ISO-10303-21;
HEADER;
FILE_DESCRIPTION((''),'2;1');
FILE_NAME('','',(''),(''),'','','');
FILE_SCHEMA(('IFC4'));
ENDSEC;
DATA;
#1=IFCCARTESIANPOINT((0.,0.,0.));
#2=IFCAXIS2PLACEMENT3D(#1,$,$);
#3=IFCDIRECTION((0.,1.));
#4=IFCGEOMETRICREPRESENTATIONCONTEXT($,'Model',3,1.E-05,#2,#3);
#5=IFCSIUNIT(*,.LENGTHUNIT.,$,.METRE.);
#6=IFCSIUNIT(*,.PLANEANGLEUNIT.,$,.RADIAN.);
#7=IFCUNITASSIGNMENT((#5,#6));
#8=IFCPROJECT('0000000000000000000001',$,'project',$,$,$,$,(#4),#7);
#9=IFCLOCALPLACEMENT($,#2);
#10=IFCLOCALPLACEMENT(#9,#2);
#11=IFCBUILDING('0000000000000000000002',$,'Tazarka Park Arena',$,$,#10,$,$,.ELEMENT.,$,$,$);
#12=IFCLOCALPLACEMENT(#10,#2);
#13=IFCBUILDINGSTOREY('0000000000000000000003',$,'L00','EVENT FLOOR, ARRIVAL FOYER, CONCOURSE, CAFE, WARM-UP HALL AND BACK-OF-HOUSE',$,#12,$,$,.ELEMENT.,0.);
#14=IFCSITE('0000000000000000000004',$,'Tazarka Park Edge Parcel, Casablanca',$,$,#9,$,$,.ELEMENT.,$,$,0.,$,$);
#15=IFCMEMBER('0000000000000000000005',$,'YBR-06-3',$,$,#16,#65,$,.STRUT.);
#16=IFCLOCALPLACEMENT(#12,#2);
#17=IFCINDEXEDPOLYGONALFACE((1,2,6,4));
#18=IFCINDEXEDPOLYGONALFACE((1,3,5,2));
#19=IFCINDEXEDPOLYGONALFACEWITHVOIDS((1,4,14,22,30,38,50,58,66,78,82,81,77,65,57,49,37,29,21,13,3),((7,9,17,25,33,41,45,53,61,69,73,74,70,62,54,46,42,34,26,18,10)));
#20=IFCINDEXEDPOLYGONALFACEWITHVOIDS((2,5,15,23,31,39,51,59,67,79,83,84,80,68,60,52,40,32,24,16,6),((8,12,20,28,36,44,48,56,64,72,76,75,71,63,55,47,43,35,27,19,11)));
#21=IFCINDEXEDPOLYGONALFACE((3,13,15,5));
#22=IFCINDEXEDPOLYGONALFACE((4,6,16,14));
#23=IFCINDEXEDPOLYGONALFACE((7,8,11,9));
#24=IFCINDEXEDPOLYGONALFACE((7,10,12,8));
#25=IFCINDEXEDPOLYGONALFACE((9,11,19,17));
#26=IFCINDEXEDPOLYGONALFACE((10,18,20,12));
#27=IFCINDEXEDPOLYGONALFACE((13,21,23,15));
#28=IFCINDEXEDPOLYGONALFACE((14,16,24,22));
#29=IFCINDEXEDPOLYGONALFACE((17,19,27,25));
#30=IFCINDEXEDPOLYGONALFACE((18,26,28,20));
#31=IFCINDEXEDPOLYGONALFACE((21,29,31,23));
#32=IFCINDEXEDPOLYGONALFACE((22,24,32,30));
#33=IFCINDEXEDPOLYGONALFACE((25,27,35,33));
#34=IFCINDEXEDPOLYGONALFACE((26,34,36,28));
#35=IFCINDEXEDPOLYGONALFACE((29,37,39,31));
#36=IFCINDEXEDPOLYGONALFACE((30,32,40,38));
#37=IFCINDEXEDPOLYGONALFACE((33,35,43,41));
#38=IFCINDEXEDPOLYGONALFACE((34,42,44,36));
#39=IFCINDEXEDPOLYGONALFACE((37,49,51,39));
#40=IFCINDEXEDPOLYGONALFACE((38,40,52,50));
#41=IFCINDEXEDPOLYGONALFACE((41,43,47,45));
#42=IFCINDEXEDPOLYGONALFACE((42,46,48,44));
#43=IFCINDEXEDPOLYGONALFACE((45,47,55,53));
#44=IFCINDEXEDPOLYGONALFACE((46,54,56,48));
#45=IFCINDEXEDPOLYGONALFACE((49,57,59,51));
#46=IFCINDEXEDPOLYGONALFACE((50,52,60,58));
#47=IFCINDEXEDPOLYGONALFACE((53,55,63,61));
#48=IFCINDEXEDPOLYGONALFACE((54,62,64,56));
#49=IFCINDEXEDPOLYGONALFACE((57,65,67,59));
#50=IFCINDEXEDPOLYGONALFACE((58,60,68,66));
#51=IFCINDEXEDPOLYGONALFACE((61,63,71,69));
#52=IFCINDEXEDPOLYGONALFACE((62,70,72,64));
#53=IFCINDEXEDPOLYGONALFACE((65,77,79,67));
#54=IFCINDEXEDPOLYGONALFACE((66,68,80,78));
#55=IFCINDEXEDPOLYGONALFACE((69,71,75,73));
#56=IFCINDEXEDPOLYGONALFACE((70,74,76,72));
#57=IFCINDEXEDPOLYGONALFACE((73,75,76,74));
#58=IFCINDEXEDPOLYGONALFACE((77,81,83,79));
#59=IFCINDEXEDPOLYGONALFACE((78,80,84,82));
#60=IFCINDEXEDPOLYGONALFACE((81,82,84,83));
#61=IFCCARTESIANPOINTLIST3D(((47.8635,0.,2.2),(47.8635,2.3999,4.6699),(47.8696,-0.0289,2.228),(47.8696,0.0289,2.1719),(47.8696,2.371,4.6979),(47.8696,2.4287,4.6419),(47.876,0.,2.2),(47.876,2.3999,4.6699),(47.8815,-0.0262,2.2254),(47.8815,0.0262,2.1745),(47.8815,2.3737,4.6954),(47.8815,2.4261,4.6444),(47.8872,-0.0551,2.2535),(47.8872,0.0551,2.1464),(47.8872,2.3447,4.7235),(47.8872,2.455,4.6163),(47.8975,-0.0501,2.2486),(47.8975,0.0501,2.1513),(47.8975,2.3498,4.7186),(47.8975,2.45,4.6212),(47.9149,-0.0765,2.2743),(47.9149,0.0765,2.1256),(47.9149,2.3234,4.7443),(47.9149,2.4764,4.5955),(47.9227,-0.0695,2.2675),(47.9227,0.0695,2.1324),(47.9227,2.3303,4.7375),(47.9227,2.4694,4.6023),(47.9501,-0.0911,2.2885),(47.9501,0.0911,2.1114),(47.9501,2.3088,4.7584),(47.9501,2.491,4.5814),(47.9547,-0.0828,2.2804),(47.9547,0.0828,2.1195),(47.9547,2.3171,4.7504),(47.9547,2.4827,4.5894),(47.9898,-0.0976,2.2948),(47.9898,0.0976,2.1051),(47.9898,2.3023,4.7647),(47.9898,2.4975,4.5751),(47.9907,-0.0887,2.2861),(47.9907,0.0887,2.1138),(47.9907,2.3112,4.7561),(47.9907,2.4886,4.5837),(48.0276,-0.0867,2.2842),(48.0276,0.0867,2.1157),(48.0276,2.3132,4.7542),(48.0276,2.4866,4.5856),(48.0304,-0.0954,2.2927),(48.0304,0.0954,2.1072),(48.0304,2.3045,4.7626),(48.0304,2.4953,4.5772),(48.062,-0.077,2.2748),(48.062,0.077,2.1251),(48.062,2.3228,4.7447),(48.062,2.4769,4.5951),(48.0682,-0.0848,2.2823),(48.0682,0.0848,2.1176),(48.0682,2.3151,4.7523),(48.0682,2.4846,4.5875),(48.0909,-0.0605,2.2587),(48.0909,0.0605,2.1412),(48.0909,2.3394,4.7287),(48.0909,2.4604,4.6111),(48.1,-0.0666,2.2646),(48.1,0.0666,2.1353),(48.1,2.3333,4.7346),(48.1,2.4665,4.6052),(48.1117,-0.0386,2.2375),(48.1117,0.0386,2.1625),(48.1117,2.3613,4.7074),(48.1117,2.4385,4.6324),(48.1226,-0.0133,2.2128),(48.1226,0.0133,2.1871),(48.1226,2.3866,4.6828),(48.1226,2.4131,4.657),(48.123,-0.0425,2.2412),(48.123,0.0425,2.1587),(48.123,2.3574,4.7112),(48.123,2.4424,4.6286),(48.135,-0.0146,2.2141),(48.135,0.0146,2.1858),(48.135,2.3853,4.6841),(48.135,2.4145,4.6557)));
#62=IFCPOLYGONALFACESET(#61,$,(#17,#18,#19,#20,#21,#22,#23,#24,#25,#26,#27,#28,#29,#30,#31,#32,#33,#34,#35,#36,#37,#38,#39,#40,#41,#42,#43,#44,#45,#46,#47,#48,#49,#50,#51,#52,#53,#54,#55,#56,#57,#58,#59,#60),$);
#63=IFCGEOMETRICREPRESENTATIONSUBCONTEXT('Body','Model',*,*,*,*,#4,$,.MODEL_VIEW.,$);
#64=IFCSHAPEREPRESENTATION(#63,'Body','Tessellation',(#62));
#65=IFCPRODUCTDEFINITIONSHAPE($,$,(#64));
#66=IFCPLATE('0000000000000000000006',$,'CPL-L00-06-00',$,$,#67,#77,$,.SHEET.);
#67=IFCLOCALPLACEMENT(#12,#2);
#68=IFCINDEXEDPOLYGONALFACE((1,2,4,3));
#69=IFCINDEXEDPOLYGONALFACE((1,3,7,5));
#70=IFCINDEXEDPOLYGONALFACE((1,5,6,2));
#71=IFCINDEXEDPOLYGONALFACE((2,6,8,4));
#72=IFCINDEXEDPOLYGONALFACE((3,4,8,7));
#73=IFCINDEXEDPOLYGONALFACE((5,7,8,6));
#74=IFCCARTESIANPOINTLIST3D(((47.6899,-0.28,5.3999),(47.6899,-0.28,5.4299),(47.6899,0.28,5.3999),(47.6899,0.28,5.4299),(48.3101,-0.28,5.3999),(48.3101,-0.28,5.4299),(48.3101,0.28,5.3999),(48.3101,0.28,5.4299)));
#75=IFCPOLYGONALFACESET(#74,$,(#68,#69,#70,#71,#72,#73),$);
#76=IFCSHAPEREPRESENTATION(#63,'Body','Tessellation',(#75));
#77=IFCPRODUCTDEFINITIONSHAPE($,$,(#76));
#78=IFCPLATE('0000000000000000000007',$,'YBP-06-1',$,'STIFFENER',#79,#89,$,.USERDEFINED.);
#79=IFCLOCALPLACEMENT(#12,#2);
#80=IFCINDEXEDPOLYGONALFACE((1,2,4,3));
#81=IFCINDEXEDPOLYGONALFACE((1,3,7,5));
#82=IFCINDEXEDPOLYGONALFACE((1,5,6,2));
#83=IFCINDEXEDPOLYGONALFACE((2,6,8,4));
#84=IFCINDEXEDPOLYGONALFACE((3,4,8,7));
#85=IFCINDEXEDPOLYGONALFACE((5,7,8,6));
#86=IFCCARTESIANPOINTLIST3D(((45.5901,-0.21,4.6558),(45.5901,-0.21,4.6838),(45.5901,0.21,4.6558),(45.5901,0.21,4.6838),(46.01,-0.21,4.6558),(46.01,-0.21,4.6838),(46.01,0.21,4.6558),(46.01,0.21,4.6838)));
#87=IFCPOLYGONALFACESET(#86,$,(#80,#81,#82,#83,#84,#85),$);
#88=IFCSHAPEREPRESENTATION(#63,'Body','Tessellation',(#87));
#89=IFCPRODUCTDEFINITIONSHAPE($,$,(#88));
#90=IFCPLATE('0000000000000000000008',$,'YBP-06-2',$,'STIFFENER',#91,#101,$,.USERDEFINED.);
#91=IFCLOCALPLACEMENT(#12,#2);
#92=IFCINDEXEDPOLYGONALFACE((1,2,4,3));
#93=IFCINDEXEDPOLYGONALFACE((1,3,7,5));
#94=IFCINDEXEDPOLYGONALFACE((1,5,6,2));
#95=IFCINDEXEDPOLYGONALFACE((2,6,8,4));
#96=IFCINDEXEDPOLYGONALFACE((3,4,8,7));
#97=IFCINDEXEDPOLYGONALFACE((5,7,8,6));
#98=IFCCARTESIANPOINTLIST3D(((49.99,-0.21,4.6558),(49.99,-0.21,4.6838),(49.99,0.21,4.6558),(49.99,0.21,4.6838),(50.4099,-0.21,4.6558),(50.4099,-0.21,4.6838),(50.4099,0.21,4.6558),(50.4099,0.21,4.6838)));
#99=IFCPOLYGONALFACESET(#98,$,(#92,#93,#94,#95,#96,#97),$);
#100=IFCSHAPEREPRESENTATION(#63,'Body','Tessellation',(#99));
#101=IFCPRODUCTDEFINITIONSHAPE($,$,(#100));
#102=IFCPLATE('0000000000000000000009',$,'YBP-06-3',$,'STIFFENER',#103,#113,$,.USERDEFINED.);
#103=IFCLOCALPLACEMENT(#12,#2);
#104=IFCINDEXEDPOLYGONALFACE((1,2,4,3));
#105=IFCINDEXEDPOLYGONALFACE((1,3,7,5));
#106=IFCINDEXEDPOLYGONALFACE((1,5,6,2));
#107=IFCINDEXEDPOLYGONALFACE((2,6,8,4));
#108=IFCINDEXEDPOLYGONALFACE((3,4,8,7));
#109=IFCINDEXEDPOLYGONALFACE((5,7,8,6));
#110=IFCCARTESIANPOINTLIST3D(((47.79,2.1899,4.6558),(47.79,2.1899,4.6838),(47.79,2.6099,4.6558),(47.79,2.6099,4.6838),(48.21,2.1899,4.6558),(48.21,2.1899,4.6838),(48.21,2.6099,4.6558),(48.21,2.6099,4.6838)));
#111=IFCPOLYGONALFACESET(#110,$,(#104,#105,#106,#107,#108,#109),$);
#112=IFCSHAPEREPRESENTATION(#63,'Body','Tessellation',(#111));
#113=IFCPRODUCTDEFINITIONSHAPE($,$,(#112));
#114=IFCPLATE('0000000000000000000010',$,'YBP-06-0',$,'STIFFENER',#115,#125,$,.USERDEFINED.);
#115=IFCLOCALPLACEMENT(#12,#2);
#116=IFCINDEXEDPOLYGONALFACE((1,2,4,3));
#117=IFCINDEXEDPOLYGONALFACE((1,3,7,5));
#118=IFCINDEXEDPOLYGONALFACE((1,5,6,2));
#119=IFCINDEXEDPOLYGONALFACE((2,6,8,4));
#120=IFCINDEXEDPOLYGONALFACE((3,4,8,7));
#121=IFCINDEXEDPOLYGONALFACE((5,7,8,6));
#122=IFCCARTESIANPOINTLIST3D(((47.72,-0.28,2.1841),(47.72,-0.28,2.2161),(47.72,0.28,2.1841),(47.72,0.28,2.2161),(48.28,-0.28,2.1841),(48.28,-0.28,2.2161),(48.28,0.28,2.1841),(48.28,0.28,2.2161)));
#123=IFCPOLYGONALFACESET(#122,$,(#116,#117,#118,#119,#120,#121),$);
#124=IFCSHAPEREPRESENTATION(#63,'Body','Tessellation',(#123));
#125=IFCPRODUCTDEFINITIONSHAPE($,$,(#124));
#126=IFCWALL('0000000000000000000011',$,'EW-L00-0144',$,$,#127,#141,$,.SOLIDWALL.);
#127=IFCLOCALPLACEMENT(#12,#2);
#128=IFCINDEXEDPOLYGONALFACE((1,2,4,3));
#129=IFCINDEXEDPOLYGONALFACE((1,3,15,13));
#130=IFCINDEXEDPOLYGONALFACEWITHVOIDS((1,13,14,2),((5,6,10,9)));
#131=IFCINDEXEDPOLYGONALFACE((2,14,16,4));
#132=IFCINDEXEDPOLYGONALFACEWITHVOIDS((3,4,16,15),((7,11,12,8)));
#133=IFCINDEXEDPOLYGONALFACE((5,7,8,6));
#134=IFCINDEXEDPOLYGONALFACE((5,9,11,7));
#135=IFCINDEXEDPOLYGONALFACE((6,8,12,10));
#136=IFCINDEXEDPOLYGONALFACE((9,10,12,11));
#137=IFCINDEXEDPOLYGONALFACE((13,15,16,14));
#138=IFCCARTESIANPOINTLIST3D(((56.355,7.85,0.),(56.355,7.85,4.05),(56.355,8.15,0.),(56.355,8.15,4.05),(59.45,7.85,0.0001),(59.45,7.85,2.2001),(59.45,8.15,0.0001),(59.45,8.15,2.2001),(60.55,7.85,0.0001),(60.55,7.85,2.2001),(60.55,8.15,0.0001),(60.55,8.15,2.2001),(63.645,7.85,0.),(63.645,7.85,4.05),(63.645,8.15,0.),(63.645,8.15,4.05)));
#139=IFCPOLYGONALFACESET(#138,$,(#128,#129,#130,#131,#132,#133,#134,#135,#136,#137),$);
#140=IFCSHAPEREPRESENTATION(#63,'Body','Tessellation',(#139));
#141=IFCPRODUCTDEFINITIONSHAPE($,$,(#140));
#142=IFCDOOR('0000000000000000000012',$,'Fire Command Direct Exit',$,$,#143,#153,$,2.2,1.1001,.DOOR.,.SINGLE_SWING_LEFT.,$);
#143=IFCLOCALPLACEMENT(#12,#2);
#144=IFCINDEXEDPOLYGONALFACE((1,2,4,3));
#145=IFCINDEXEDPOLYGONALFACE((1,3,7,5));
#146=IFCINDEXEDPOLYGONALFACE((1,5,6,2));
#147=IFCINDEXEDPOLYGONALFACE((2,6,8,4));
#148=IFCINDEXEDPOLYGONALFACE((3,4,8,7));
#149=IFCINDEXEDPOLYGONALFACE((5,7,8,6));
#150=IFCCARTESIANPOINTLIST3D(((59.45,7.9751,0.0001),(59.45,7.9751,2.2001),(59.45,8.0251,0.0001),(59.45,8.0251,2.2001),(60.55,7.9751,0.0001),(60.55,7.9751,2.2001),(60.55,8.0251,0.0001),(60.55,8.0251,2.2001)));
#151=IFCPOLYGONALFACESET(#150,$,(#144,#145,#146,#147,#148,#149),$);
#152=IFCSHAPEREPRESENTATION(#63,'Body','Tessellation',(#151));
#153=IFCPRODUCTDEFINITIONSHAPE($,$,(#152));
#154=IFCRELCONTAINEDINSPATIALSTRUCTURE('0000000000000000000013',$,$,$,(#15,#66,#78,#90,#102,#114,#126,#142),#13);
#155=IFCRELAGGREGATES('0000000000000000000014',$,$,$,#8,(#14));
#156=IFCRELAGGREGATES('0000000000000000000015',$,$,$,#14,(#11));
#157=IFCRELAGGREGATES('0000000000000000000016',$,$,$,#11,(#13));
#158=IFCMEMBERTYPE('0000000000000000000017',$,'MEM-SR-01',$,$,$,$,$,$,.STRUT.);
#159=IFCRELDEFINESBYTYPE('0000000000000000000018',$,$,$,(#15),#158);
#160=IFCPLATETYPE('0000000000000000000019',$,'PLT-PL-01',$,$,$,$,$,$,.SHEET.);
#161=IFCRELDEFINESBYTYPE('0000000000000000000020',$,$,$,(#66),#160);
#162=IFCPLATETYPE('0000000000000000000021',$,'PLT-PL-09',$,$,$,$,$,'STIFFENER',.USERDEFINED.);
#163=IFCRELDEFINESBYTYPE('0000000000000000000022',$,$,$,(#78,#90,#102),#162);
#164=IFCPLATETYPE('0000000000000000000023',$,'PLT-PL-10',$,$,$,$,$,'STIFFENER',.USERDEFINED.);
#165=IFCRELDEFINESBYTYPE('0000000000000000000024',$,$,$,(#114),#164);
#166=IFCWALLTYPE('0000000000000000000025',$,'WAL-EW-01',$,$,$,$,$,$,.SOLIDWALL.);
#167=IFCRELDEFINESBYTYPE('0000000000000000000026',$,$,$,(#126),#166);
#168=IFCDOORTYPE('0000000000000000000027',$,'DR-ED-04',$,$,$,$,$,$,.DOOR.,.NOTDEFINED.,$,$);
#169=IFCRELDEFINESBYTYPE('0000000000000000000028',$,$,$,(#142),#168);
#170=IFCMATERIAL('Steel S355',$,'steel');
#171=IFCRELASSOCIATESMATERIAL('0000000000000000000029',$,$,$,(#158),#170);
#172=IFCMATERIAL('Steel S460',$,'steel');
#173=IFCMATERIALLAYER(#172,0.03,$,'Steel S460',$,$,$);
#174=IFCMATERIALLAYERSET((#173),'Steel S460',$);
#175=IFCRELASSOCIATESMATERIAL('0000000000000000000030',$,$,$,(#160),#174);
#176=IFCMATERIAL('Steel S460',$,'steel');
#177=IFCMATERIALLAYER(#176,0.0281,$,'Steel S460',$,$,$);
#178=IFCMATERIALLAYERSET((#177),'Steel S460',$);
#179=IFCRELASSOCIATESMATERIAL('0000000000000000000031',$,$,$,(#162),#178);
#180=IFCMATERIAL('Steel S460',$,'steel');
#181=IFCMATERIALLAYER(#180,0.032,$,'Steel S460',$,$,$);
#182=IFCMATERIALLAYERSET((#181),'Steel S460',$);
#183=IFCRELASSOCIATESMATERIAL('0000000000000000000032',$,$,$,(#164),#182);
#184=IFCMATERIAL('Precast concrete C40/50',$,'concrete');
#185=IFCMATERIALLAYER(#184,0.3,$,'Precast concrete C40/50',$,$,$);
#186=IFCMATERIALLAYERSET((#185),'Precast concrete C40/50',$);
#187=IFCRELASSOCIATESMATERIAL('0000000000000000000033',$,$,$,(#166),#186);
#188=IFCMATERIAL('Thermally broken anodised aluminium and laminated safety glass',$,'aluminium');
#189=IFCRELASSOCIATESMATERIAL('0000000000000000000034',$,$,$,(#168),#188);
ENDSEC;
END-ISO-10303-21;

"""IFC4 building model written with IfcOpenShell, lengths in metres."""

from ifc_helpers import new_model, si_unit, direction, frame, frame_2d, origin, origin_2d, place, context, subcontext, project, spatial, rectangle, hollow_circle, extrude, material, layer, layer_set, material_profile, profile_set, type_object, element, fill, save


model = new_model("IFC4")

# Units and contexts
model_context = context("Model", 3, precision=1e-05, world=origin(), true_north=direction((0.0, 1.0)))
body_context = subcontext(model_context, "Body", "Model", "MODEL_VIEW")
ifc_project = project(units=[si_unit("LENGTHUNIT", "METRE"), si_unit("PLANEANGLEUNIT", "RADIAN")], contexts=[model_context])

# Site, building, storey
site_placement = place(None, origin())
site = spatial("IfcSite", under=ifc_project, at=site_placement, Name="Tazarka Park Edge Parcel, Casablanca", CompositionType="ELEMENT", RefElevation=0.0)
building_placement = place(site_placement, origin())
building = spatial("IfcBuilding", under=site, at=building_placement, Name="Tazarka Park Arena", CompositionType="ELEMENT")
storey_placement = place(building_placement, origin())
storey = spatial("IfcBuildingStorey", under=building, at=storey_placement, Name="L00", Description="EVENT FLOOR, ARRIVAL FOYER, CONCOURSE, CAFE, WARM-UP HALL AND BACK-OF-HOUSE", CompositionType="ELEMENT", Elevation=0.0)

# Member
ifc_material_1 = material(Name="Steel S355", Category="steel")
ifc_material_profile_1 = material_profile(ifc_material_1, hollow_circle(Radius=0.1365, WallThickness=0.0125, at=origin_2d()), Name="Steel S355")
ifc_profile_set_1 = profile_set([ifc_material_profile_1], Name="Steel S355")
member_type = type_object("IfcMemberType", Name="MEM-SR-01", PredefinedType="STRUT", material=ifc_profile_set_1)
member_placement = place(storey_placement, frame((48.0, 0.0, 2.2), z_axis=(0.0, 0.696861, 0.717206), x_axis=(-1.0, 0.0, 0.0)))
element("IfcMember", 1, at=member_placement, inside=storey, type_object=member_type, Name="YBR-06-3", PredefinedType="STRUT", context=body_context, shape_type="SweptSolid", body=[
    extrude(hollow_circle(Radius=0.1365, WallThickness=0.0125, at=origin_2d()), origin(), (0.0, 0.0, 1.0), 3.4438),
])

# Plates
ifc_material_2 = material(Name="Steel S460", Category="steel")
ifc_layer_1 = layer(ifc_material_2, 0.03, Name="Steel S460")
ifc_layer_set_1 = layer_set([ifc_layer_1], Name="Steel S460")
plate_type_1 = type_object("IfcPlateType", Name="PLT-PL-01", PredefinedType="SHEET", material=ifc_layer_set_1)
plate_1_placement = place(storey_placement, frame((48.0, 0.0, 5.3999), z_axis=(0.0, 0.0, 1.0), x_axis=(1.0, 0.0, 0.0)))
element("IfcPlate", 2, at=plate_1_placement, inside=storey, type_object=plate_type_1, Name="CPL-L00-06-00", PredefinedType="SHEET", context=body_context, shape_type="SweptSolid", body=[
    extrude(rectangle(XDim=0.6201, YDim=0.5601, at=origin_2d()), origin(), (0.0, 0.0, 1.0), 0.03),
])
ifc_material_3 = material(Name="Steel S460", Category="steel")
ifc_layer_2 = layer(ifc_material_3, 0.0281, Name="Steel S460")
ifc_layer_set_2 = layer_set([ifc_layer_2], Name="Steel S460")
plate_type_2 = type_object("IfcPlateType", Name="PLT-PL-09", ElementType="STIFFENER", PredefinedType="USERDEFINED", material=ifc_layer_set_2)
for number, where, z_axis, x_axis, name in (
    (3, (45.8, 0.0, 4.6558), (0.0, 0.0, 1.0), (1.0, 0.0, 0.0), "YBP-06-1"),
    (4, (50.2, 0.0, 4.6558), (0.0, 0.0, 1.0), (1.0, 0.0, 0.0), "YBP-06-2"),
    (5, (48.0, 2.3999, 4.6558), (0.0, 0.0, 1.0), (1.0, 0.0, 0.0), "YBP-06-3"),
):
    element("IfcPlate", number, at=place(storey_placement, frame(where, z_axis=z_axis, x_axis=x_axis)), inside=storey, type_object=plate_type_2, Name=name, ObjectType="STIFFENER", PredefinedType="USERDEFINED", context=body_context, shape_type="SweptSolid", body=[
        extrude(rectangle(XDim=0.4199, YDim=0.4199, at=origin_2d()), origin(), (0.0, 0.0, 1.0), 0.0281),
    ])
ifc_material_4 = material(Name="Steel S460", Category="steel")
ifc_layer_3 = layer(ifc_material_4, 0.032, Name="Steel S460")
ifc_layer_set_3 = layer_set([ifc_layer_3], Name="Steel S460")
plate_type_3 = type_object("IfcPlateType", Name="PLT-PL-10", ElementType="STIFFENER", PredefinedType="USERDEFINED", material=ifc_layer_set_3)
plate_2_placement = place(storey_placement, frame((48.0, 0.0, 2.1841), z_axis=(0.0, 0.0, 1.0), x_axis=(1.0, 0.0, 0.0)))
element("IfcPlate", 6, at=plate_2_placement, inside=storey, type_object=plate_type_3, Name="YBP-06-0", ObjectType="STIFFENER", PredefinedType="USERDEFINED", context=body_context, shape_type="SweptSolid", body=[
    extrude(rectangle(XDim=0.5601, YDim=0.5601, at=origin_2d()), origin(), (0.0, 0.0, 1.0), 0.032),
])

# Wall, opening, door
ifc_material_5 = material(Name="Precast concrete C40/50", Category="concrete")
ifc_layer_4 = layer(ifc_material_5, 0.3, Name="Precast concrete C40/50")
ifc_layer_set_4 = layer_set([ifc_layer_4], Name="Precast concrete C40/50")
wall_type_1 = type_object("IfcWallType", Name="WAL-EW-01", PredefinedType="SOLIDWALL", material=ifc_layer_set_4)
wall_1_placement = place(storey_placement, frame((63.645, 8.0, 0.0), z_axis=(0.0, 0.0, 1.0), x_axis=(-1.0, 0.0, 0.0)))
wall_1 = element("IfcWall", 7, at=wall_1_placement, inside=storey, type_object=wall_type_1, Name="EW-L00-0144", PredefinedType="SOLIDWALL", context=body_context, shape_type="SweptSolid", body=[
    extrude(rectangle(XDim=7.29, YDim=0.3, at=frame_2d((3.645, 0.0))), origin(), (0.0, 0.0, 1.0), 4.05),
])
opening_1_placement = place(wall_1_placement, frame((3.095, 0.0, 0.0)))
opening_1 = element("IfcOpeningElement", 8, at=opening_1_placement, cuts=wall_1, PredefinedType="OPENING", context=body_context, shape_type="SweptSolid", body=[
    extrude(rectangle(XDim=1.1001, YDim=2.2, at=frame_2d((0.55, 1.1001))), frame((0.0, 0.1602, 0.0), z_axis=(0.0, -1.0, 0.0), x_axis=(1.0, 0.0, 0.0)), (0.0, 0.0, 1.0), 0.3201),
])
ifc_material_6 = material(Name="Thermally broken anodised aluminium and laminated safety glass", Category="aluminium")
door_type = type_object("IfcDoorType", Name="DR-ED-04", OperationType="NOTDEFINED", PredefinedType="DOOR", material=ifc_material_6)
door_placement = place(opening_1_placement, origin())
door = element("IfcDoor", 9, at=door_placement, inside=storey, type_object=door_type, Name="Fire Command Direct Exit", OperationType="SINGLE_SWING_LEFT", OverallHeight=2.2, OverallWidth=1.1001, PredefinedType="DOOR", context=body_context, shape_type="SweptSolid", body=[
    extrude(rectangle(XDim=1.1001, YDim=2.2, at=frame_2d((0.55, 1.1001))), frame((0.0, 0.0249, 0.0), z_axis=(0.0, -1.0, 0.0), x_axis=(1.0, 0.0, 0.0)), (0.0, 0.0, 1.0), 0.05),
])
fill(opening_1, door)

save(model, "model.ifc")
